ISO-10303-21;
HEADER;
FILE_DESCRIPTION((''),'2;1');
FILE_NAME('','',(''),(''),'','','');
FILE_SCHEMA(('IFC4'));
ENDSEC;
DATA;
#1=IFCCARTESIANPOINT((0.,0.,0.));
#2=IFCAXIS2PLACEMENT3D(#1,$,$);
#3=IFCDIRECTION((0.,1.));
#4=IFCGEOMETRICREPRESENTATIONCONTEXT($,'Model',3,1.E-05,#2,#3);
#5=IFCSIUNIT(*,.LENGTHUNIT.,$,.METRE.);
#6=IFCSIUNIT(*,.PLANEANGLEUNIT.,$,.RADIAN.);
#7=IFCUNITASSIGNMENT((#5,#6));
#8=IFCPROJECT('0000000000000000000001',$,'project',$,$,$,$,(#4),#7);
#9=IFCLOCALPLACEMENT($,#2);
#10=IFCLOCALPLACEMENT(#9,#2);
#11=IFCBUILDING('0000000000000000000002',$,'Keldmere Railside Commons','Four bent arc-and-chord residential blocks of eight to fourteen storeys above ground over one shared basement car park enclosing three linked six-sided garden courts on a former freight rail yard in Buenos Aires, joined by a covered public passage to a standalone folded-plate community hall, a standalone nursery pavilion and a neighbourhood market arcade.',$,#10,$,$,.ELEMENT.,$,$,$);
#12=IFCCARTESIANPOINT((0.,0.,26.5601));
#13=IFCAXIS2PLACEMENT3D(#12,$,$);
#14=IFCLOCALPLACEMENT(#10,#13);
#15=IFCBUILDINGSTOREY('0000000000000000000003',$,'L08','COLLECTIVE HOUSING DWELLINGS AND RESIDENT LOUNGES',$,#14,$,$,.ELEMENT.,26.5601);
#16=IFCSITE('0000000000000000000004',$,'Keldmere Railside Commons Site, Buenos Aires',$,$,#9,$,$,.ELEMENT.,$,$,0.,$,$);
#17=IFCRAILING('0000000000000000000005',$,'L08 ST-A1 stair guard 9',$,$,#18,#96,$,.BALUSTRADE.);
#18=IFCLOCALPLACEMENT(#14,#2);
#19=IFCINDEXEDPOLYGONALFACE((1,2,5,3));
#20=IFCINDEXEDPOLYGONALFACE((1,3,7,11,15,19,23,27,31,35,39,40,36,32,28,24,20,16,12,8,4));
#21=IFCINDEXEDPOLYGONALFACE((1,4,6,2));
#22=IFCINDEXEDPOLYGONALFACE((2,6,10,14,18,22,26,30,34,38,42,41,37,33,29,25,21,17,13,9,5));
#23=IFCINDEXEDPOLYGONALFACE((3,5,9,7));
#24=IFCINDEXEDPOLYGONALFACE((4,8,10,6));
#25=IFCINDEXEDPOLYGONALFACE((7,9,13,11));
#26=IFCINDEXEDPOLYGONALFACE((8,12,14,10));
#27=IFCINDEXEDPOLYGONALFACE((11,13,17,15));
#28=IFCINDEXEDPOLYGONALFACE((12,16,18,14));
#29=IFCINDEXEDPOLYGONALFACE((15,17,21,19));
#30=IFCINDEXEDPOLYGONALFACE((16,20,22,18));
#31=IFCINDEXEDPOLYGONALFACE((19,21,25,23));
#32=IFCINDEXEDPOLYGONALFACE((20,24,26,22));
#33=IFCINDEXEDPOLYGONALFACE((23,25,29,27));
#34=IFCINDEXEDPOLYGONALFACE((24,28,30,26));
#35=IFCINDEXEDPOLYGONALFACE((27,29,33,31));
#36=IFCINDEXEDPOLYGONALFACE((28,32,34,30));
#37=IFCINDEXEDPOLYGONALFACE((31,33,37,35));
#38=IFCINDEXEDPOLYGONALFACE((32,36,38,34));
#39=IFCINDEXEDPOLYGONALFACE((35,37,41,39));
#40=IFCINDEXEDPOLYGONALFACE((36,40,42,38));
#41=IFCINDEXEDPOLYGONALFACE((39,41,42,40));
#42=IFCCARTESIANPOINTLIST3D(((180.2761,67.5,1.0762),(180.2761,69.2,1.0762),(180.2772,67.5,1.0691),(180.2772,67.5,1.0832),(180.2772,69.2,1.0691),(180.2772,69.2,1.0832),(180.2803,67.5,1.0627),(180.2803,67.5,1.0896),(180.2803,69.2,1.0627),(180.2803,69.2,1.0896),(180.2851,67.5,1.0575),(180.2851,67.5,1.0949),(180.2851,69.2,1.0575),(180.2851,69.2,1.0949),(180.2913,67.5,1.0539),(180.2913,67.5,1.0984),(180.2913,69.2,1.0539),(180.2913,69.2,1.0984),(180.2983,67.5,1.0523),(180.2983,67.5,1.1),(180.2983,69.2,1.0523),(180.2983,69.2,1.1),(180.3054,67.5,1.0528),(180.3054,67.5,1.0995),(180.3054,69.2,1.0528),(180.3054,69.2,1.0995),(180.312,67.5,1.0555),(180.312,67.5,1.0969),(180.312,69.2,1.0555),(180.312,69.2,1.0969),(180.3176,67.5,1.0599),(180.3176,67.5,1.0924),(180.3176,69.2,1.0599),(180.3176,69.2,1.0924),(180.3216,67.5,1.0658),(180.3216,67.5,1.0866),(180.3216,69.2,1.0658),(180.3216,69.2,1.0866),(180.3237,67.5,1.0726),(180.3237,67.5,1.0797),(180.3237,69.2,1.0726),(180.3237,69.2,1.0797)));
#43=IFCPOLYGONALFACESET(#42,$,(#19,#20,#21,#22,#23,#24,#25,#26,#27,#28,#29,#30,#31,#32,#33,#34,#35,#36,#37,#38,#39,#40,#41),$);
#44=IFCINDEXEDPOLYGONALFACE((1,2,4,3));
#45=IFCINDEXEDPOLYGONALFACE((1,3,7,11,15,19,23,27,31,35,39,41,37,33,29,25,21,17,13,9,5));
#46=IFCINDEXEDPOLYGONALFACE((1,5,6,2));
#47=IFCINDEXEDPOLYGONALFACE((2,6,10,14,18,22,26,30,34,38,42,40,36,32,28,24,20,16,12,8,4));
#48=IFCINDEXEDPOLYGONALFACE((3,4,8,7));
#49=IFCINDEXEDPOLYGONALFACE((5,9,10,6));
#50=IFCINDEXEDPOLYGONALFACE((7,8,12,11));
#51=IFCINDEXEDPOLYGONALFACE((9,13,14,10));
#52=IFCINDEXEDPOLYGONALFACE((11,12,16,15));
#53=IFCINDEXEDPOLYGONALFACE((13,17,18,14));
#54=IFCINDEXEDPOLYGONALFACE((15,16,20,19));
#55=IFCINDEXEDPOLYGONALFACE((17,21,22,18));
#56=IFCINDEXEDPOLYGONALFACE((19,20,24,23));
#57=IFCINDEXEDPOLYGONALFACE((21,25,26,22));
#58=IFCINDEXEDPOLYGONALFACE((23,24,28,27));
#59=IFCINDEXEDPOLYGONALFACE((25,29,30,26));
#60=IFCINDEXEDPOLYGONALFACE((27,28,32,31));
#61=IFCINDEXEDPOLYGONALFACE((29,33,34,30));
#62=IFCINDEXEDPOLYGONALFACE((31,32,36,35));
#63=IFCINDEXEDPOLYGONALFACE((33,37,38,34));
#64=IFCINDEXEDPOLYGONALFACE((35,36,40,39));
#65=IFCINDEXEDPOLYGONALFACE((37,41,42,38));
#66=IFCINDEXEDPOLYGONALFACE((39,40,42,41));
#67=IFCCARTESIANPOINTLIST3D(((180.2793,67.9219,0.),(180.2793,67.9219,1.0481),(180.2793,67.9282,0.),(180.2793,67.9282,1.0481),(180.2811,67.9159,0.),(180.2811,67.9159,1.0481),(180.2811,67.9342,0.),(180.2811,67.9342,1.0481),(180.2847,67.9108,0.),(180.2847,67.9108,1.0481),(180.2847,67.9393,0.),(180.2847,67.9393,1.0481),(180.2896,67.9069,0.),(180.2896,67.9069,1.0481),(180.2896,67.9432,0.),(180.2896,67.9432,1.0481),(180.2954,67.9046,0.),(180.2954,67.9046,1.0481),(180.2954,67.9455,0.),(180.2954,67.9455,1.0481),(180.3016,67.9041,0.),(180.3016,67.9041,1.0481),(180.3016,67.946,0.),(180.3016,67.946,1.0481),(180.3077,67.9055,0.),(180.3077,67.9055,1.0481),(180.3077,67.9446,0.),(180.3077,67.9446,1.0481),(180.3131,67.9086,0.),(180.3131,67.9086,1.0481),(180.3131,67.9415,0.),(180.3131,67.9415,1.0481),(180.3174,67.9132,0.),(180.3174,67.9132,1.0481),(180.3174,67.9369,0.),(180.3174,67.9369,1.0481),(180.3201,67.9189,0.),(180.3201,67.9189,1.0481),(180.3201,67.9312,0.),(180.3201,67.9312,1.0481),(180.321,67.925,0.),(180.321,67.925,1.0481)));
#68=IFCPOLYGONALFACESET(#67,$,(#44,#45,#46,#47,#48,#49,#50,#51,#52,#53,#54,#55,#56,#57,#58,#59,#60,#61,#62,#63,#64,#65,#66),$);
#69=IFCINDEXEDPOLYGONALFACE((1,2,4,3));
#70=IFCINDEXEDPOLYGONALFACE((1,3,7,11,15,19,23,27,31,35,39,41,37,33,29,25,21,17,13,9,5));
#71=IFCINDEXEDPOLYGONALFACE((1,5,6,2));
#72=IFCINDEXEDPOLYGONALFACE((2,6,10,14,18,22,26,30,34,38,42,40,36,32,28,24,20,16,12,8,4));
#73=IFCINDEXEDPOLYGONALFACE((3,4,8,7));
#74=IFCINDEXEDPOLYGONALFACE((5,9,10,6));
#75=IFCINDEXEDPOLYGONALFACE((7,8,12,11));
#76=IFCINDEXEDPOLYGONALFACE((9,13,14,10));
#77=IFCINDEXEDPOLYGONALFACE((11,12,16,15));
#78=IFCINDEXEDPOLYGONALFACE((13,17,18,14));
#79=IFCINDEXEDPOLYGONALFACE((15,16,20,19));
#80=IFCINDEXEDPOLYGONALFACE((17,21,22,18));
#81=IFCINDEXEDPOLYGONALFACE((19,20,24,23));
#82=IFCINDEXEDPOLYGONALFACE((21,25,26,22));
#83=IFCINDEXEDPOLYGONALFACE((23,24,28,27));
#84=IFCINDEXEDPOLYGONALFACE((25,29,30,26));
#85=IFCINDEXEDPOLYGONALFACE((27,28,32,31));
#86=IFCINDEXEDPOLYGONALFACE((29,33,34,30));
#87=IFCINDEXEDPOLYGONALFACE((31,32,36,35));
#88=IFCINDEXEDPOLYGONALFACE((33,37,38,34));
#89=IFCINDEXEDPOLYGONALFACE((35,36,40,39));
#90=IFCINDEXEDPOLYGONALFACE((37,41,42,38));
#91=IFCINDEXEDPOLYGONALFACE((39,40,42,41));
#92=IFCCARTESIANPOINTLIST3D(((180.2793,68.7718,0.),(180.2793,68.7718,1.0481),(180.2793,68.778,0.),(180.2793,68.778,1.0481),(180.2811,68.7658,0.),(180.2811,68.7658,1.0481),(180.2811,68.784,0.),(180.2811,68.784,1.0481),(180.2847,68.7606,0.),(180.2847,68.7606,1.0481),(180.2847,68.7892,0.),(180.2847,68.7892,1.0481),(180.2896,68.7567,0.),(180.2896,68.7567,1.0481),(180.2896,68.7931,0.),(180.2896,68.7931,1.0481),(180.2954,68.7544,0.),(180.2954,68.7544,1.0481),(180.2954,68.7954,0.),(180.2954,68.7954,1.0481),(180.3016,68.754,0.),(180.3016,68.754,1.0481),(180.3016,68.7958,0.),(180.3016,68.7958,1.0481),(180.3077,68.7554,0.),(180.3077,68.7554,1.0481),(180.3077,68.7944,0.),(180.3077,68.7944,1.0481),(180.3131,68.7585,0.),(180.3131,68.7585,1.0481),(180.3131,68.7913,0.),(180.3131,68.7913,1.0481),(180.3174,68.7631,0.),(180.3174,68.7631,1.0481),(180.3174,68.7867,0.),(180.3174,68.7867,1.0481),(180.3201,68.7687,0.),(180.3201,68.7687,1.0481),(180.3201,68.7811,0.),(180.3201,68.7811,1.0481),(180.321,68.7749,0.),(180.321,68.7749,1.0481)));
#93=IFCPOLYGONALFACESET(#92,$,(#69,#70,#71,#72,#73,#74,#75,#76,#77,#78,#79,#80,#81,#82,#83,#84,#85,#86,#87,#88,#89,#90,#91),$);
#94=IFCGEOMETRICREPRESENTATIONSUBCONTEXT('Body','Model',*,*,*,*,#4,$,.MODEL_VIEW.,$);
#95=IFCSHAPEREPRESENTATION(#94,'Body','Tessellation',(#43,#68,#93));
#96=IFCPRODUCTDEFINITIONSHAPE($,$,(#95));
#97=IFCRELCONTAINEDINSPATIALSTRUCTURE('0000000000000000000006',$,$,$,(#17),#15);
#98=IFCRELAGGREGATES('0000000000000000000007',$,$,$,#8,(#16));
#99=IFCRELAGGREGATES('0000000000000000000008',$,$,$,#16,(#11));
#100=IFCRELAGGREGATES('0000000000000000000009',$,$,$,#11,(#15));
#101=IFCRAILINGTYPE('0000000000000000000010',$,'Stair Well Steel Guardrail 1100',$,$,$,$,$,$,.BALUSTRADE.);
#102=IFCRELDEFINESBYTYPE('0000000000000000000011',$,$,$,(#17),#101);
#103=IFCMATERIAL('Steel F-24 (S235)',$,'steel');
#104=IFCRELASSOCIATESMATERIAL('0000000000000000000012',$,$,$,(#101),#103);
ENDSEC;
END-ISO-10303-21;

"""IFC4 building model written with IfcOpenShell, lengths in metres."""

from ifc_helpers import new_model, si_unit, direction, frame, origin, origin_2d, place, context, subcontext, project, spatial, circle, extrude, material, type_object, element, save


model = new_model("IFC4")

# Units and contexts
model_context = context("Model", 3, precision=1e-05, world=origin(), true_north=direction((0.0, 1.0)))
body_context = subcontext(model_context, "Body", "Model", "MODEL_VIEW")
ifc_project = project(units=[si_unit("LENGTHUNIT", "METRE"), si_unit("PLANEANGLEUNIT", "RADIAN")], contexts=[model_context])

# Site, building, storey
site_placement = place(None, origin())
site = spatial("IfcSite", under=ifc_project, at=site_placement, Name="Keldmere Railside Commons Site, Buenos Aires", CompositionType="ELEMENT", RefElevation=0.0)
building_placement = place(site_placement, origin())
building = spatial("IfcBuilding", under=site, at=building_placement, Name="Keldmere Railside Commons", Description="Four bent arc-and-chord residential blocks of eight to fourteen storeys above ground over one shared basement car park enclosing three linked six-sided garden courts on a former freight rail yard in Buenos Aires, joined by a covered public passage to a standalone folded-plate community hall, a standalone nursery pavilion and a neighbourhood market arcade.", CompositionType="ELEMENT")
storey_placement = place(building_placement, frame((0.0, 0.0, 26.5601)))
storey = spatial("IfcBuildingStorey", under=building, at=storey_placement, Name="L08", Description="COLLECTIVE HOUSING DWELLINGS AND RESIDENT LOUNGES", CompositionType="ELEMENT", Elevation=26.5601)

# Shared definitions
ifc_material_1 = material(Name="Steel F-24 (S235)", Category="steel")

# Railing
railing_type_1 = type_object("IfcRailingType", Name="Stair Well Steel Guardrail 1100", PredefinedType="BALUSTRADE", material=ifc_material_1)
for number, where, name in (
    (1, (180.3, 67.5, 0.0), "L08 ST-A1 stair guard 9"),
):
    element("IfcRailing", number, at=place(storey_placement, frame(where)), inside=storey, type_object=railing_type_1, Name=name, PredefinedType="BALUSTRADE", context=body_context, shape_type="SweptSolid", body=[
        extrude(circle(Radius=0.0239, at=origin_2d()), frame((0.0, 0.0, 1.0762), z_axis=(0.0, 1.0, 0.0), x_axis=(-1.0, 0.0, 0.0)), (0.0, 0.0, 1.0), 1.7),
        extrude(circle(Radius=0.021, at=origin_2d()), frame((0.0, 0.425, 0.0)), (0.0, 0.0, 1.0), 1.0481),
        extrude(circle(Radius=0.021, at=origin_2d()), frame((0.0, 1.2749, 0.0)), (0.0, 0.0, 1.0), 1.0481),
    ])

save(model, "model.ifc")
